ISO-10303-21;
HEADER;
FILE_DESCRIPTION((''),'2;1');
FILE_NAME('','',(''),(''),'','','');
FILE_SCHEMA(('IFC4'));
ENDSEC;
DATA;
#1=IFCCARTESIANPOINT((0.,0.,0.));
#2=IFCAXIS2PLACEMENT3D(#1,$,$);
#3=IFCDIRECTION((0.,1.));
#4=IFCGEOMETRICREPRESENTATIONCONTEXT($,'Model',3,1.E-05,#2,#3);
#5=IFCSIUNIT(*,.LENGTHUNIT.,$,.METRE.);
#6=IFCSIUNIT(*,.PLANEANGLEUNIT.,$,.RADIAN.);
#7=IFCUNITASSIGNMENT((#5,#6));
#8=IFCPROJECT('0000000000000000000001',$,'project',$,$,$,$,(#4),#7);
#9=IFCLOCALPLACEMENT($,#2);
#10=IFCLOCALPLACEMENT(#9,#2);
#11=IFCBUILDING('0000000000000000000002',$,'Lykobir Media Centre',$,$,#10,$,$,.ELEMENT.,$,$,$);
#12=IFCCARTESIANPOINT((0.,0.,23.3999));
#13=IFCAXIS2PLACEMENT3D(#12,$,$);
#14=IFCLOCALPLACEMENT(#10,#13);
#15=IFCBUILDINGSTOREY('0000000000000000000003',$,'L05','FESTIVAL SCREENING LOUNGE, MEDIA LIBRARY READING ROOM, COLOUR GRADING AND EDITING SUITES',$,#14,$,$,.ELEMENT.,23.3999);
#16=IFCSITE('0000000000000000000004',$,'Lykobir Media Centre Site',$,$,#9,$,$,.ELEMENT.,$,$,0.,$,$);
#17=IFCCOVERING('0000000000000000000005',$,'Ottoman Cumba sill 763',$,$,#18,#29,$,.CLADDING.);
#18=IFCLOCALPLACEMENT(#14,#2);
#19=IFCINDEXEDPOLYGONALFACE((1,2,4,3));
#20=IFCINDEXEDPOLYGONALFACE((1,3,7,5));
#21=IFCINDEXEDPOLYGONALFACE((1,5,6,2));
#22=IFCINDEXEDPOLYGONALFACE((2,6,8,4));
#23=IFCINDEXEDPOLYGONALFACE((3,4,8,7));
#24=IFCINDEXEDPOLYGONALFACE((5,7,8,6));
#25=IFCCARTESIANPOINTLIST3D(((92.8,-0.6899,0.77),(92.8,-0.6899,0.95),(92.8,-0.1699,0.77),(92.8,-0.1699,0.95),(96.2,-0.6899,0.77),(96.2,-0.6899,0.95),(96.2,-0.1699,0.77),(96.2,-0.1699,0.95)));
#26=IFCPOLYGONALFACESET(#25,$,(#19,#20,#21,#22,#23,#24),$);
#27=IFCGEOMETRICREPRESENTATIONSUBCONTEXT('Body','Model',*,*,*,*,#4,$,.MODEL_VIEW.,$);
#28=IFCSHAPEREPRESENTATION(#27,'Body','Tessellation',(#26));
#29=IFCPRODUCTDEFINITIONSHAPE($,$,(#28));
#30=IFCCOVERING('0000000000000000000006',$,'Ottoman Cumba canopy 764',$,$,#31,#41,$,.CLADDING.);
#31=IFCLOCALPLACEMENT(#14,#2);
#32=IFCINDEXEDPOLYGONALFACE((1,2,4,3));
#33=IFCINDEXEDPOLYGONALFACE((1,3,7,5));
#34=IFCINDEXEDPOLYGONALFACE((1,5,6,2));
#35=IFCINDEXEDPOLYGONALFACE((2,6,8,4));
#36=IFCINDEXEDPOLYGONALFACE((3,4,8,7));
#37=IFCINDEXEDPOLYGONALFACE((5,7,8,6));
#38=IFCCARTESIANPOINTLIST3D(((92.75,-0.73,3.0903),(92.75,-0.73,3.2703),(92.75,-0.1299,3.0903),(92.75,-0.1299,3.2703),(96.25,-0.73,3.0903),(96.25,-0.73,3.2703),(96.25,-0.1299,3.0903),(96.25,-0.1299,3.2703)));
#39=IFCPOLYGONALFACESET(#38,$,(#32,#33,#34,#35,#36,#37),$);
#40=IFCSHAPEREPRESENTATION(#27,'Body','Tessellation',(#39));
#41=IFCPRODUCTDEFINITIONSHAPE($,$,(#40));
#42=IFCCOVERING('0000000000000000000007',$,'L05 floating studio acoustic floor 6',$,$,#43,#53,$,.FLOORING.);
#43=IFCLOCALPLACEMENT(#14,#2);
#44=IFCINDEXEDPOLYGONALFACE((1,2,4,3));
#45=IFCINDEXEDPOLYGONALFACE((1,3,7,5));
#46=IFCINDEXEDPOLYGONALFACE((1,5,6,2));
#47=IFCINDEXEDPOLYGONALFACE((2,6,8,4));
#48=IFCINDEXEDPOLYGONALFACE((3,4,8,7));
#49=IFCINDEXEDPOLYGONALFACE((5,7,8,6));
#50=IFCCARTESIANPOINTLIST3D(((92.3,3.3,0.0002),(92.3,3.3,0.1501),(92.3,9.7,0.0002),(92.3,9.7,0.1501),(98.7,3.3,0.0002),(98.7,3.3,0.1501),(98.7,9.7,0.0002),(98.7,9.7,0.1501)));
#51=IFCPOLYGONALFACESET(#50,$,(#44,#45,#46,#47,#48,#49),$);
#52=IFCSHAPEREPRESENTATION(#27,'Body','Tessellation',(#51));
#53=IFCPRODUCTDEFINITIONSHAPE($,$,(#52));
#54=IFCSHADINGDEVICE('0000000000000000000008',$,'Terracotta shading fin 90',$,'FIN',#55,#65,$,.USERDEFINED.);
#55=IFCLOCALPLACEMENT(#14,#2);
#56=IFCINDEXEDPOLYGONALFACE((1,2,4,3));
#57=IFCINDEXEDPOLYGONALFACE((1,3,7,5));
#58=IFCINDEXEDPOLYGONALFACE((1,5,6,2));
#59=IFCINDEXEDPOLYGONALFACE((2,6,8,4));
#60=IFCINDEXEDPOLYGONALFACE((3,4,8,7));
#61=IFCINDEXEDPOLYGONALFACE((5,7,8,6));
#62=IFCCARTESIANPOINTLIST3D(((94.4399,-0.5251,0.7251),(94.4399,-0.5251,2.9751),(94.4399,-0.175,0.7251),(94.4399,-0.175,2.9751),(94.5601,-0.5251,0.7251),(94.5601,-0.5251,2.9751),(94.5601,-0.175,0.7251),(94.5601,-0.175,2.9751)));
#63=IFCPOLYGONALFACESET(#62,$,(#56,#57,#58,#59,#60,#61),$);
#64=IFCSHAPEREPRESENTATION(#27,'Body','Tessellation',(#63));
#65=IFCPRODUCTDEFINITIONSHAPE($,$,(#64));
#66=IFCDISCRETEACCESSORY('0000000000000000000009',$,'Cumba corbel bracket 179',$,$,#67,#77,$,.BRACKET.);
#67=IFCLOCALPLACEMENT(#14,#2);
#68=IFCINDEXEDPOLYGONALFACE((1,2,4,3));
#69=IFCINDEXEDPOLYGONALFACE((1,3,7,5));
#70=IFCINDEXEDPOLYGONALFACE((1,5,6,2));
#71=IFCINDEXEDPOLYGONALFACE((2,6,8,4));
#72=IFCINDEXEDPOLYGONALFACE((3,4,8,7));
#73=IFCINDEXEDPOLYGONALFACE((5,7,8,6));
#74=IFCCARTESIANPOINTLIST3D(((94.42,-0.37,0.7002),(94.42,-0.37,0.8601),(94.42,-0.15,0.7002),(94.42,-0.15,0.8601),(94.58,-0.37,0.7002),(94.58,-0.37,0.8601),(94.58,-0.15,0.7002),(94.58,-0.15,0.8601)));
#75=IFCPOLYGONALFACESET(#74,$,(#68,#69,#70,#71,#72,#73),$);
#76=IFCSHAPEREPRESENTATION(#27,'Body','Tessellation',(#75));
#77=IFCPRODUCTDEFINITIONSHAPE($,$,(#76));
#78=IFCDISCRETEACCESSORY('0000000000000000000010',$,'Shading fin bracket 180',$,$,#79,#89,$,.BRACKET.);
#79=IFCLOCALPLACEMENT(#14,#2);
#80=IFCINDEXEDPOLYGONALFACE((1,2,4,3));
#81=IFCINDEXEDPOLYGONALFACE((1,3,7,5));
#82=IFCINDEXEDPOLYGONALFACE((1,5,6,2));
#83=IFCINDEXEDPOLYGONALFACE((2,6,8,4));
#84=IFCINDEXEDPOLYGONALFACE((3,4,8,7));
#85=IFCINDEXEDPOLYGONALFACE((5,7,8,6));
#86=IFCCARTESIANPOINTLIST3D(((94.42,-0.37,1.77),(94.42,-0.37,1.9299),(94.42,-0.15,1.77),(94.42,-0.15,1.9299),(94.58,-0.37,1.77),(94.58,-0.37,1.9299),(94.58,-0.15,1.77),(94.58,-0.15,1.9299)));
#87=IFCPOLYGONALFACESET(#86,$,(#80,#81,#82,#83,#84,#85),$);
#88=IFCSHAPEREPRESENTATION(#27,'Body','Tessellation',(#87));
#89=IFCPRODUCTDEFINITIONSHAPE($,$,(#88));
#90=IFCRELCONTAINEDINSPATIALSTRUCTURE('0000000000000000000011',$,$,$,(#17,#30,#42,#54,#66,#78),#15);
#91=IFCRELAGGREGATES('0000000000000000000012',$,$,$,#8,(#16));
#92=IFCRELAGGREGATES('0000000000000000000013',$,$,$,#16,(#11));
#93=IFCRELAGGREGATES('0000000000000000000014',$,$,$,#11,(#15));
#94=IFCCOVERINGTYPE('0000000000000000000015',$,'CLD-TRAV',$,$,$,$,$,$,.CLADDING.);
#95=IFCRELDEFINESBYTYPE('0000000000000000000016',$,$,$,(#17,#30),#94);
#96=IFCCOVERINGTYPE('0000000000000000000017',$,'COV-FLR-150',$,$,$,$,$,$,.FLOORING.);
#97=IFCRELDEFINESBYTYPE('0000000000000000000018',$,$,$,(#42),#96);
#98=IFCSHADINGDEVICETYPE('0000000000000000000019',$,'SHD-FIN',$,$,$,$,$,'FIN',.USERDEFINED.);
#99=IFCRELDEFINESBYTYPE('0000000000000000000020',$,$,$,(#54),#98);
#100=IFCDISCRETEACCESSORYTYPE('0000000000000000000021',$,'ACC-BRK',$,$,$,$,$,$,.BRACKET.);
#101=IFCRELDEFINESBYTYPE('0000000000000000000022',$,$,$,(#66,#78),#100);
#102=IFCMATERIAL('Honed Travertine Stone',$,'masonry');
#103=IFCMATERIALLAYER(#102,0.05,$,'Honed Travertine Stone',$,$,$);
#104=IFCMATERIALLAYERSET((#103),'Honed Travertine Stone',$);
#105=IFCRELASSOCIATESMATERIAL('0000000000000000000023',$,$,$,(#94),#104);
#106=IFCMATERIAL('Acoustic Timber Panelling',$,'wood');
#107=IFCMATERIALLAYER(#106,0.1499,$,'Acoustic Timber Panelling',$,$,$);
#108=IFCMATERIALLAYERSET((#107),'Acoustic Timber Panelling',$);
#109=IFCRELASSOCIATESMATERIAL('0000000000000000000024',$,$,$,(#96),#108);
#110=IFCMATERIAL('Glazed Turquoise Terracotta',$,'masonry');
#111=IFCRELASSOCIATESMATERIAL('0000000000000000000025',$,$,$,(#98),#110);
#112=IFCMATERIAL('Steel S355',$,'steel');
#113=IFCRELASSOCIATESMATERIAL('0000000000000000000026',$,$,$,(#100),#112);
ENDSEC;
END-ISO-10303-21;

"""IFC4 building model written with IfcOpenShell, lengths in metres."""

from ifc_helpers import new_model, si_unit, direction, frame, origin, origin_2d, place, context, subcontext, project, spatial, rectangle, extrude, material, layer, layer_set, type_object, element, save


model = new_model("IFC4")

# Units and contexts
model_context = context("Model", 3, precision=1e-05, world=origin(), true_north=direction((0.0, 1.0)))
body_context = subcontext(model_context, "Body", "Model", "MODEL_VIEW")
ifc_project = project(units=[si_unit("LENGTHUNIT", "METRE"), si_unit("PLANEANGLEUNIT", "RADIAN")], contexts=[model_context])

# Site, building, storey
site_placement = place(None, origin())
site = spatial("IfcSite", under=ifc_project, at=site_placement, Name="Lykobir Media Centre Site", CompositionType="ELEMENT", RefElevation=0.0)
building_placement = place(site_placement, origin())
building = spatial("IfcBuilding", under=site, at=building_placement, Name="Lykobir Media Centre", CompositionType="ELEMENT")
storey_placement = place(building_placement, frame((0.0, 0.0, 23.3999)))
storey = spatial("IfcBuildingStorey", under=building, at=storey_placement, Name="L05", Description="FESTIVAL SCREENING LOUNGE, MEDIA LIBRARY READING ROOM, COLOUR GRADING AND EDITING SUITES", CompositionType="ELEMENT", Elevation=23.3999)

# Shared definitions
ifc_material_1 = material(Name="Steel S355", Category="steel")

# Coverings
ifc_material_2 = material(Name="Glazed Turquoise Terracotta", Category="masonry")
ifc_material_3 = material(Name="Honed Travertine Stone", Category="masonry")
ifc_layer_1 = layer(ifc_material_3, 0.05, Name="Honed Travertine Stone")
ifc_layer_set_1 = layer_set([ifc_layer_1], Name="Honed Travertine Stone")
covering_type_1 = type_object("IfcCoveringType", Name="CLD-TRAV", PredefinedType="CLADDING", material=ifc_layer_set_1)
covering_1_placement = place(storey_placement, frame((94.5, -0.4299, 0.77), z_axis=(0.0, 0.0, 1.0), x_axis=(1.0, 0.0, 0.0)))
element("IfcCovering", 1, at=covering_1_placement, inside=storey, type_object=covering_type_1, Name="Ottoman Cumba sill 763", PredefinedType="CLADDING", context=body_context, shape_type="SweptSolid", body=[
    extrude(rectangle(XDim=3.3999, YDim=0.52, at=origin_2d()), origin(), (0.0, 0.0, 1.0), 0.1799),
])
covering_2_placement = place(storey_placement, frame((94.5, -0.4299, 3.0903), z_axis=(0.0, 0.0, 1.0), x_axis=(1.0, 0.0, 0.0)))
element("IfcCovering", 2, at=covering_2_placement, inside=storey, type_object=covering_type_1, Name="Ottoman Cumba canopy 764", PredefinedType="CLADDING", context=body_context, shape_type="SweptSolid", body=[
    extrude(rectangle(XDim=3.5, YDim=0.6001, at=origin_2d()), origin(), (0.0, 0.0, 1.0), 0.1799),
])
ifc_material_4 = material(Name="Acoustic Timber Panelling", Category="wood")
ifc_layer_2 = layer(ifc_material_4, 0.1499, Name="Acoustic Timber Panelling")
ifc_layer_set_2 = layer_set([ifc_layer_2], Name="Acoustic Timber Panelling")
covering_type_2 = type_object("IfcCoveringType", Name="COV-FLR-150", PredefinedType="FLOORING", material=ifc_layer_set_2)
covering_3_placement = place(storey_placement, frame((95.5, 6.5, 0.0002), z_axis=(0.0, 0.0, 1.0), x_axis=(1.0, 0.0, 0.0)))
element("IfcCovering", 3, at=covering_3_placement, inside=storey, type_object=covering_type_2, Name="L05 floating studio acoustic floor 6", PredefinedType="FLOORING", context=body_context, shape_type="SweptSolid", body=[
    extrude(rectangle(XDim=6.3999, YDim=6.3999, at=origin_2d()), origin(), (0.0, 0.0, 1.0), 0.1499),
])

# Shading device
shading_device_type = type_object("IfcShadingDeviceType", Name="SHD-FIN", ElementType="FIN", PredefinedType="USERDEFINED", material=ifc_material_2)
shading_device_placement = place(storey_placement, frame((94.5, -0.3501, 0.7251), z_axis=(0.0, 0.0, 1.0), x_axis=(1.0, 0.0, 0.0)))
element("IfcShadingDevice", 4, at=shading_device_placement, inside=storey, type_object=shading_device_type, Name="Terracotta shading fin 90", ObjectType="FIN", PredefinedType="USERDEFINED", context=body_context, shape_type="SweptSolid", body=[
    extrude(rectangle(XDim=0.1201, YDim=0.3501, at=origin_2d()), origin(), (0.0, 0.0, 1.0), 2.25),
])

# Discrete accessories
discrete_accessory_type = type_object("IfcDiscreteAccessoryType", Name="ACC-BRK", PredefinedType="BRACKET", material=ifc_material_1)
for number, where, z_axis, x_axis, name in (
    (5, (94.5, -0.26, 0.7002), (0.0, 0.0, 1.0), (1.0, 0.0, 0.0), "Cumba corbel bracket 179"),
    (6, (94.5, -0.26, 1.77), (0.0, 0.0, 1.0), (1.0, 0.0, 0.0), "Shading fin bracket 180"),
):
    element("IfcDiscreteAccessory", number, at=place(storey_placement, frame(where, z_axis=z_axis, x_axis=x_axis)), inside=storey, type_object=discrete_accessory_type, Name=name, PredefinedType="BRACKET", context=body_context, shape_type="SweptSolid", body=[
        extrude(rectangle(XDim=0.1599, YDim=0.22, at=origin_2d()), origin(), (0.0, 0.0, 1.0), 0.1599),
    ])

save(model, "model.ifc")
